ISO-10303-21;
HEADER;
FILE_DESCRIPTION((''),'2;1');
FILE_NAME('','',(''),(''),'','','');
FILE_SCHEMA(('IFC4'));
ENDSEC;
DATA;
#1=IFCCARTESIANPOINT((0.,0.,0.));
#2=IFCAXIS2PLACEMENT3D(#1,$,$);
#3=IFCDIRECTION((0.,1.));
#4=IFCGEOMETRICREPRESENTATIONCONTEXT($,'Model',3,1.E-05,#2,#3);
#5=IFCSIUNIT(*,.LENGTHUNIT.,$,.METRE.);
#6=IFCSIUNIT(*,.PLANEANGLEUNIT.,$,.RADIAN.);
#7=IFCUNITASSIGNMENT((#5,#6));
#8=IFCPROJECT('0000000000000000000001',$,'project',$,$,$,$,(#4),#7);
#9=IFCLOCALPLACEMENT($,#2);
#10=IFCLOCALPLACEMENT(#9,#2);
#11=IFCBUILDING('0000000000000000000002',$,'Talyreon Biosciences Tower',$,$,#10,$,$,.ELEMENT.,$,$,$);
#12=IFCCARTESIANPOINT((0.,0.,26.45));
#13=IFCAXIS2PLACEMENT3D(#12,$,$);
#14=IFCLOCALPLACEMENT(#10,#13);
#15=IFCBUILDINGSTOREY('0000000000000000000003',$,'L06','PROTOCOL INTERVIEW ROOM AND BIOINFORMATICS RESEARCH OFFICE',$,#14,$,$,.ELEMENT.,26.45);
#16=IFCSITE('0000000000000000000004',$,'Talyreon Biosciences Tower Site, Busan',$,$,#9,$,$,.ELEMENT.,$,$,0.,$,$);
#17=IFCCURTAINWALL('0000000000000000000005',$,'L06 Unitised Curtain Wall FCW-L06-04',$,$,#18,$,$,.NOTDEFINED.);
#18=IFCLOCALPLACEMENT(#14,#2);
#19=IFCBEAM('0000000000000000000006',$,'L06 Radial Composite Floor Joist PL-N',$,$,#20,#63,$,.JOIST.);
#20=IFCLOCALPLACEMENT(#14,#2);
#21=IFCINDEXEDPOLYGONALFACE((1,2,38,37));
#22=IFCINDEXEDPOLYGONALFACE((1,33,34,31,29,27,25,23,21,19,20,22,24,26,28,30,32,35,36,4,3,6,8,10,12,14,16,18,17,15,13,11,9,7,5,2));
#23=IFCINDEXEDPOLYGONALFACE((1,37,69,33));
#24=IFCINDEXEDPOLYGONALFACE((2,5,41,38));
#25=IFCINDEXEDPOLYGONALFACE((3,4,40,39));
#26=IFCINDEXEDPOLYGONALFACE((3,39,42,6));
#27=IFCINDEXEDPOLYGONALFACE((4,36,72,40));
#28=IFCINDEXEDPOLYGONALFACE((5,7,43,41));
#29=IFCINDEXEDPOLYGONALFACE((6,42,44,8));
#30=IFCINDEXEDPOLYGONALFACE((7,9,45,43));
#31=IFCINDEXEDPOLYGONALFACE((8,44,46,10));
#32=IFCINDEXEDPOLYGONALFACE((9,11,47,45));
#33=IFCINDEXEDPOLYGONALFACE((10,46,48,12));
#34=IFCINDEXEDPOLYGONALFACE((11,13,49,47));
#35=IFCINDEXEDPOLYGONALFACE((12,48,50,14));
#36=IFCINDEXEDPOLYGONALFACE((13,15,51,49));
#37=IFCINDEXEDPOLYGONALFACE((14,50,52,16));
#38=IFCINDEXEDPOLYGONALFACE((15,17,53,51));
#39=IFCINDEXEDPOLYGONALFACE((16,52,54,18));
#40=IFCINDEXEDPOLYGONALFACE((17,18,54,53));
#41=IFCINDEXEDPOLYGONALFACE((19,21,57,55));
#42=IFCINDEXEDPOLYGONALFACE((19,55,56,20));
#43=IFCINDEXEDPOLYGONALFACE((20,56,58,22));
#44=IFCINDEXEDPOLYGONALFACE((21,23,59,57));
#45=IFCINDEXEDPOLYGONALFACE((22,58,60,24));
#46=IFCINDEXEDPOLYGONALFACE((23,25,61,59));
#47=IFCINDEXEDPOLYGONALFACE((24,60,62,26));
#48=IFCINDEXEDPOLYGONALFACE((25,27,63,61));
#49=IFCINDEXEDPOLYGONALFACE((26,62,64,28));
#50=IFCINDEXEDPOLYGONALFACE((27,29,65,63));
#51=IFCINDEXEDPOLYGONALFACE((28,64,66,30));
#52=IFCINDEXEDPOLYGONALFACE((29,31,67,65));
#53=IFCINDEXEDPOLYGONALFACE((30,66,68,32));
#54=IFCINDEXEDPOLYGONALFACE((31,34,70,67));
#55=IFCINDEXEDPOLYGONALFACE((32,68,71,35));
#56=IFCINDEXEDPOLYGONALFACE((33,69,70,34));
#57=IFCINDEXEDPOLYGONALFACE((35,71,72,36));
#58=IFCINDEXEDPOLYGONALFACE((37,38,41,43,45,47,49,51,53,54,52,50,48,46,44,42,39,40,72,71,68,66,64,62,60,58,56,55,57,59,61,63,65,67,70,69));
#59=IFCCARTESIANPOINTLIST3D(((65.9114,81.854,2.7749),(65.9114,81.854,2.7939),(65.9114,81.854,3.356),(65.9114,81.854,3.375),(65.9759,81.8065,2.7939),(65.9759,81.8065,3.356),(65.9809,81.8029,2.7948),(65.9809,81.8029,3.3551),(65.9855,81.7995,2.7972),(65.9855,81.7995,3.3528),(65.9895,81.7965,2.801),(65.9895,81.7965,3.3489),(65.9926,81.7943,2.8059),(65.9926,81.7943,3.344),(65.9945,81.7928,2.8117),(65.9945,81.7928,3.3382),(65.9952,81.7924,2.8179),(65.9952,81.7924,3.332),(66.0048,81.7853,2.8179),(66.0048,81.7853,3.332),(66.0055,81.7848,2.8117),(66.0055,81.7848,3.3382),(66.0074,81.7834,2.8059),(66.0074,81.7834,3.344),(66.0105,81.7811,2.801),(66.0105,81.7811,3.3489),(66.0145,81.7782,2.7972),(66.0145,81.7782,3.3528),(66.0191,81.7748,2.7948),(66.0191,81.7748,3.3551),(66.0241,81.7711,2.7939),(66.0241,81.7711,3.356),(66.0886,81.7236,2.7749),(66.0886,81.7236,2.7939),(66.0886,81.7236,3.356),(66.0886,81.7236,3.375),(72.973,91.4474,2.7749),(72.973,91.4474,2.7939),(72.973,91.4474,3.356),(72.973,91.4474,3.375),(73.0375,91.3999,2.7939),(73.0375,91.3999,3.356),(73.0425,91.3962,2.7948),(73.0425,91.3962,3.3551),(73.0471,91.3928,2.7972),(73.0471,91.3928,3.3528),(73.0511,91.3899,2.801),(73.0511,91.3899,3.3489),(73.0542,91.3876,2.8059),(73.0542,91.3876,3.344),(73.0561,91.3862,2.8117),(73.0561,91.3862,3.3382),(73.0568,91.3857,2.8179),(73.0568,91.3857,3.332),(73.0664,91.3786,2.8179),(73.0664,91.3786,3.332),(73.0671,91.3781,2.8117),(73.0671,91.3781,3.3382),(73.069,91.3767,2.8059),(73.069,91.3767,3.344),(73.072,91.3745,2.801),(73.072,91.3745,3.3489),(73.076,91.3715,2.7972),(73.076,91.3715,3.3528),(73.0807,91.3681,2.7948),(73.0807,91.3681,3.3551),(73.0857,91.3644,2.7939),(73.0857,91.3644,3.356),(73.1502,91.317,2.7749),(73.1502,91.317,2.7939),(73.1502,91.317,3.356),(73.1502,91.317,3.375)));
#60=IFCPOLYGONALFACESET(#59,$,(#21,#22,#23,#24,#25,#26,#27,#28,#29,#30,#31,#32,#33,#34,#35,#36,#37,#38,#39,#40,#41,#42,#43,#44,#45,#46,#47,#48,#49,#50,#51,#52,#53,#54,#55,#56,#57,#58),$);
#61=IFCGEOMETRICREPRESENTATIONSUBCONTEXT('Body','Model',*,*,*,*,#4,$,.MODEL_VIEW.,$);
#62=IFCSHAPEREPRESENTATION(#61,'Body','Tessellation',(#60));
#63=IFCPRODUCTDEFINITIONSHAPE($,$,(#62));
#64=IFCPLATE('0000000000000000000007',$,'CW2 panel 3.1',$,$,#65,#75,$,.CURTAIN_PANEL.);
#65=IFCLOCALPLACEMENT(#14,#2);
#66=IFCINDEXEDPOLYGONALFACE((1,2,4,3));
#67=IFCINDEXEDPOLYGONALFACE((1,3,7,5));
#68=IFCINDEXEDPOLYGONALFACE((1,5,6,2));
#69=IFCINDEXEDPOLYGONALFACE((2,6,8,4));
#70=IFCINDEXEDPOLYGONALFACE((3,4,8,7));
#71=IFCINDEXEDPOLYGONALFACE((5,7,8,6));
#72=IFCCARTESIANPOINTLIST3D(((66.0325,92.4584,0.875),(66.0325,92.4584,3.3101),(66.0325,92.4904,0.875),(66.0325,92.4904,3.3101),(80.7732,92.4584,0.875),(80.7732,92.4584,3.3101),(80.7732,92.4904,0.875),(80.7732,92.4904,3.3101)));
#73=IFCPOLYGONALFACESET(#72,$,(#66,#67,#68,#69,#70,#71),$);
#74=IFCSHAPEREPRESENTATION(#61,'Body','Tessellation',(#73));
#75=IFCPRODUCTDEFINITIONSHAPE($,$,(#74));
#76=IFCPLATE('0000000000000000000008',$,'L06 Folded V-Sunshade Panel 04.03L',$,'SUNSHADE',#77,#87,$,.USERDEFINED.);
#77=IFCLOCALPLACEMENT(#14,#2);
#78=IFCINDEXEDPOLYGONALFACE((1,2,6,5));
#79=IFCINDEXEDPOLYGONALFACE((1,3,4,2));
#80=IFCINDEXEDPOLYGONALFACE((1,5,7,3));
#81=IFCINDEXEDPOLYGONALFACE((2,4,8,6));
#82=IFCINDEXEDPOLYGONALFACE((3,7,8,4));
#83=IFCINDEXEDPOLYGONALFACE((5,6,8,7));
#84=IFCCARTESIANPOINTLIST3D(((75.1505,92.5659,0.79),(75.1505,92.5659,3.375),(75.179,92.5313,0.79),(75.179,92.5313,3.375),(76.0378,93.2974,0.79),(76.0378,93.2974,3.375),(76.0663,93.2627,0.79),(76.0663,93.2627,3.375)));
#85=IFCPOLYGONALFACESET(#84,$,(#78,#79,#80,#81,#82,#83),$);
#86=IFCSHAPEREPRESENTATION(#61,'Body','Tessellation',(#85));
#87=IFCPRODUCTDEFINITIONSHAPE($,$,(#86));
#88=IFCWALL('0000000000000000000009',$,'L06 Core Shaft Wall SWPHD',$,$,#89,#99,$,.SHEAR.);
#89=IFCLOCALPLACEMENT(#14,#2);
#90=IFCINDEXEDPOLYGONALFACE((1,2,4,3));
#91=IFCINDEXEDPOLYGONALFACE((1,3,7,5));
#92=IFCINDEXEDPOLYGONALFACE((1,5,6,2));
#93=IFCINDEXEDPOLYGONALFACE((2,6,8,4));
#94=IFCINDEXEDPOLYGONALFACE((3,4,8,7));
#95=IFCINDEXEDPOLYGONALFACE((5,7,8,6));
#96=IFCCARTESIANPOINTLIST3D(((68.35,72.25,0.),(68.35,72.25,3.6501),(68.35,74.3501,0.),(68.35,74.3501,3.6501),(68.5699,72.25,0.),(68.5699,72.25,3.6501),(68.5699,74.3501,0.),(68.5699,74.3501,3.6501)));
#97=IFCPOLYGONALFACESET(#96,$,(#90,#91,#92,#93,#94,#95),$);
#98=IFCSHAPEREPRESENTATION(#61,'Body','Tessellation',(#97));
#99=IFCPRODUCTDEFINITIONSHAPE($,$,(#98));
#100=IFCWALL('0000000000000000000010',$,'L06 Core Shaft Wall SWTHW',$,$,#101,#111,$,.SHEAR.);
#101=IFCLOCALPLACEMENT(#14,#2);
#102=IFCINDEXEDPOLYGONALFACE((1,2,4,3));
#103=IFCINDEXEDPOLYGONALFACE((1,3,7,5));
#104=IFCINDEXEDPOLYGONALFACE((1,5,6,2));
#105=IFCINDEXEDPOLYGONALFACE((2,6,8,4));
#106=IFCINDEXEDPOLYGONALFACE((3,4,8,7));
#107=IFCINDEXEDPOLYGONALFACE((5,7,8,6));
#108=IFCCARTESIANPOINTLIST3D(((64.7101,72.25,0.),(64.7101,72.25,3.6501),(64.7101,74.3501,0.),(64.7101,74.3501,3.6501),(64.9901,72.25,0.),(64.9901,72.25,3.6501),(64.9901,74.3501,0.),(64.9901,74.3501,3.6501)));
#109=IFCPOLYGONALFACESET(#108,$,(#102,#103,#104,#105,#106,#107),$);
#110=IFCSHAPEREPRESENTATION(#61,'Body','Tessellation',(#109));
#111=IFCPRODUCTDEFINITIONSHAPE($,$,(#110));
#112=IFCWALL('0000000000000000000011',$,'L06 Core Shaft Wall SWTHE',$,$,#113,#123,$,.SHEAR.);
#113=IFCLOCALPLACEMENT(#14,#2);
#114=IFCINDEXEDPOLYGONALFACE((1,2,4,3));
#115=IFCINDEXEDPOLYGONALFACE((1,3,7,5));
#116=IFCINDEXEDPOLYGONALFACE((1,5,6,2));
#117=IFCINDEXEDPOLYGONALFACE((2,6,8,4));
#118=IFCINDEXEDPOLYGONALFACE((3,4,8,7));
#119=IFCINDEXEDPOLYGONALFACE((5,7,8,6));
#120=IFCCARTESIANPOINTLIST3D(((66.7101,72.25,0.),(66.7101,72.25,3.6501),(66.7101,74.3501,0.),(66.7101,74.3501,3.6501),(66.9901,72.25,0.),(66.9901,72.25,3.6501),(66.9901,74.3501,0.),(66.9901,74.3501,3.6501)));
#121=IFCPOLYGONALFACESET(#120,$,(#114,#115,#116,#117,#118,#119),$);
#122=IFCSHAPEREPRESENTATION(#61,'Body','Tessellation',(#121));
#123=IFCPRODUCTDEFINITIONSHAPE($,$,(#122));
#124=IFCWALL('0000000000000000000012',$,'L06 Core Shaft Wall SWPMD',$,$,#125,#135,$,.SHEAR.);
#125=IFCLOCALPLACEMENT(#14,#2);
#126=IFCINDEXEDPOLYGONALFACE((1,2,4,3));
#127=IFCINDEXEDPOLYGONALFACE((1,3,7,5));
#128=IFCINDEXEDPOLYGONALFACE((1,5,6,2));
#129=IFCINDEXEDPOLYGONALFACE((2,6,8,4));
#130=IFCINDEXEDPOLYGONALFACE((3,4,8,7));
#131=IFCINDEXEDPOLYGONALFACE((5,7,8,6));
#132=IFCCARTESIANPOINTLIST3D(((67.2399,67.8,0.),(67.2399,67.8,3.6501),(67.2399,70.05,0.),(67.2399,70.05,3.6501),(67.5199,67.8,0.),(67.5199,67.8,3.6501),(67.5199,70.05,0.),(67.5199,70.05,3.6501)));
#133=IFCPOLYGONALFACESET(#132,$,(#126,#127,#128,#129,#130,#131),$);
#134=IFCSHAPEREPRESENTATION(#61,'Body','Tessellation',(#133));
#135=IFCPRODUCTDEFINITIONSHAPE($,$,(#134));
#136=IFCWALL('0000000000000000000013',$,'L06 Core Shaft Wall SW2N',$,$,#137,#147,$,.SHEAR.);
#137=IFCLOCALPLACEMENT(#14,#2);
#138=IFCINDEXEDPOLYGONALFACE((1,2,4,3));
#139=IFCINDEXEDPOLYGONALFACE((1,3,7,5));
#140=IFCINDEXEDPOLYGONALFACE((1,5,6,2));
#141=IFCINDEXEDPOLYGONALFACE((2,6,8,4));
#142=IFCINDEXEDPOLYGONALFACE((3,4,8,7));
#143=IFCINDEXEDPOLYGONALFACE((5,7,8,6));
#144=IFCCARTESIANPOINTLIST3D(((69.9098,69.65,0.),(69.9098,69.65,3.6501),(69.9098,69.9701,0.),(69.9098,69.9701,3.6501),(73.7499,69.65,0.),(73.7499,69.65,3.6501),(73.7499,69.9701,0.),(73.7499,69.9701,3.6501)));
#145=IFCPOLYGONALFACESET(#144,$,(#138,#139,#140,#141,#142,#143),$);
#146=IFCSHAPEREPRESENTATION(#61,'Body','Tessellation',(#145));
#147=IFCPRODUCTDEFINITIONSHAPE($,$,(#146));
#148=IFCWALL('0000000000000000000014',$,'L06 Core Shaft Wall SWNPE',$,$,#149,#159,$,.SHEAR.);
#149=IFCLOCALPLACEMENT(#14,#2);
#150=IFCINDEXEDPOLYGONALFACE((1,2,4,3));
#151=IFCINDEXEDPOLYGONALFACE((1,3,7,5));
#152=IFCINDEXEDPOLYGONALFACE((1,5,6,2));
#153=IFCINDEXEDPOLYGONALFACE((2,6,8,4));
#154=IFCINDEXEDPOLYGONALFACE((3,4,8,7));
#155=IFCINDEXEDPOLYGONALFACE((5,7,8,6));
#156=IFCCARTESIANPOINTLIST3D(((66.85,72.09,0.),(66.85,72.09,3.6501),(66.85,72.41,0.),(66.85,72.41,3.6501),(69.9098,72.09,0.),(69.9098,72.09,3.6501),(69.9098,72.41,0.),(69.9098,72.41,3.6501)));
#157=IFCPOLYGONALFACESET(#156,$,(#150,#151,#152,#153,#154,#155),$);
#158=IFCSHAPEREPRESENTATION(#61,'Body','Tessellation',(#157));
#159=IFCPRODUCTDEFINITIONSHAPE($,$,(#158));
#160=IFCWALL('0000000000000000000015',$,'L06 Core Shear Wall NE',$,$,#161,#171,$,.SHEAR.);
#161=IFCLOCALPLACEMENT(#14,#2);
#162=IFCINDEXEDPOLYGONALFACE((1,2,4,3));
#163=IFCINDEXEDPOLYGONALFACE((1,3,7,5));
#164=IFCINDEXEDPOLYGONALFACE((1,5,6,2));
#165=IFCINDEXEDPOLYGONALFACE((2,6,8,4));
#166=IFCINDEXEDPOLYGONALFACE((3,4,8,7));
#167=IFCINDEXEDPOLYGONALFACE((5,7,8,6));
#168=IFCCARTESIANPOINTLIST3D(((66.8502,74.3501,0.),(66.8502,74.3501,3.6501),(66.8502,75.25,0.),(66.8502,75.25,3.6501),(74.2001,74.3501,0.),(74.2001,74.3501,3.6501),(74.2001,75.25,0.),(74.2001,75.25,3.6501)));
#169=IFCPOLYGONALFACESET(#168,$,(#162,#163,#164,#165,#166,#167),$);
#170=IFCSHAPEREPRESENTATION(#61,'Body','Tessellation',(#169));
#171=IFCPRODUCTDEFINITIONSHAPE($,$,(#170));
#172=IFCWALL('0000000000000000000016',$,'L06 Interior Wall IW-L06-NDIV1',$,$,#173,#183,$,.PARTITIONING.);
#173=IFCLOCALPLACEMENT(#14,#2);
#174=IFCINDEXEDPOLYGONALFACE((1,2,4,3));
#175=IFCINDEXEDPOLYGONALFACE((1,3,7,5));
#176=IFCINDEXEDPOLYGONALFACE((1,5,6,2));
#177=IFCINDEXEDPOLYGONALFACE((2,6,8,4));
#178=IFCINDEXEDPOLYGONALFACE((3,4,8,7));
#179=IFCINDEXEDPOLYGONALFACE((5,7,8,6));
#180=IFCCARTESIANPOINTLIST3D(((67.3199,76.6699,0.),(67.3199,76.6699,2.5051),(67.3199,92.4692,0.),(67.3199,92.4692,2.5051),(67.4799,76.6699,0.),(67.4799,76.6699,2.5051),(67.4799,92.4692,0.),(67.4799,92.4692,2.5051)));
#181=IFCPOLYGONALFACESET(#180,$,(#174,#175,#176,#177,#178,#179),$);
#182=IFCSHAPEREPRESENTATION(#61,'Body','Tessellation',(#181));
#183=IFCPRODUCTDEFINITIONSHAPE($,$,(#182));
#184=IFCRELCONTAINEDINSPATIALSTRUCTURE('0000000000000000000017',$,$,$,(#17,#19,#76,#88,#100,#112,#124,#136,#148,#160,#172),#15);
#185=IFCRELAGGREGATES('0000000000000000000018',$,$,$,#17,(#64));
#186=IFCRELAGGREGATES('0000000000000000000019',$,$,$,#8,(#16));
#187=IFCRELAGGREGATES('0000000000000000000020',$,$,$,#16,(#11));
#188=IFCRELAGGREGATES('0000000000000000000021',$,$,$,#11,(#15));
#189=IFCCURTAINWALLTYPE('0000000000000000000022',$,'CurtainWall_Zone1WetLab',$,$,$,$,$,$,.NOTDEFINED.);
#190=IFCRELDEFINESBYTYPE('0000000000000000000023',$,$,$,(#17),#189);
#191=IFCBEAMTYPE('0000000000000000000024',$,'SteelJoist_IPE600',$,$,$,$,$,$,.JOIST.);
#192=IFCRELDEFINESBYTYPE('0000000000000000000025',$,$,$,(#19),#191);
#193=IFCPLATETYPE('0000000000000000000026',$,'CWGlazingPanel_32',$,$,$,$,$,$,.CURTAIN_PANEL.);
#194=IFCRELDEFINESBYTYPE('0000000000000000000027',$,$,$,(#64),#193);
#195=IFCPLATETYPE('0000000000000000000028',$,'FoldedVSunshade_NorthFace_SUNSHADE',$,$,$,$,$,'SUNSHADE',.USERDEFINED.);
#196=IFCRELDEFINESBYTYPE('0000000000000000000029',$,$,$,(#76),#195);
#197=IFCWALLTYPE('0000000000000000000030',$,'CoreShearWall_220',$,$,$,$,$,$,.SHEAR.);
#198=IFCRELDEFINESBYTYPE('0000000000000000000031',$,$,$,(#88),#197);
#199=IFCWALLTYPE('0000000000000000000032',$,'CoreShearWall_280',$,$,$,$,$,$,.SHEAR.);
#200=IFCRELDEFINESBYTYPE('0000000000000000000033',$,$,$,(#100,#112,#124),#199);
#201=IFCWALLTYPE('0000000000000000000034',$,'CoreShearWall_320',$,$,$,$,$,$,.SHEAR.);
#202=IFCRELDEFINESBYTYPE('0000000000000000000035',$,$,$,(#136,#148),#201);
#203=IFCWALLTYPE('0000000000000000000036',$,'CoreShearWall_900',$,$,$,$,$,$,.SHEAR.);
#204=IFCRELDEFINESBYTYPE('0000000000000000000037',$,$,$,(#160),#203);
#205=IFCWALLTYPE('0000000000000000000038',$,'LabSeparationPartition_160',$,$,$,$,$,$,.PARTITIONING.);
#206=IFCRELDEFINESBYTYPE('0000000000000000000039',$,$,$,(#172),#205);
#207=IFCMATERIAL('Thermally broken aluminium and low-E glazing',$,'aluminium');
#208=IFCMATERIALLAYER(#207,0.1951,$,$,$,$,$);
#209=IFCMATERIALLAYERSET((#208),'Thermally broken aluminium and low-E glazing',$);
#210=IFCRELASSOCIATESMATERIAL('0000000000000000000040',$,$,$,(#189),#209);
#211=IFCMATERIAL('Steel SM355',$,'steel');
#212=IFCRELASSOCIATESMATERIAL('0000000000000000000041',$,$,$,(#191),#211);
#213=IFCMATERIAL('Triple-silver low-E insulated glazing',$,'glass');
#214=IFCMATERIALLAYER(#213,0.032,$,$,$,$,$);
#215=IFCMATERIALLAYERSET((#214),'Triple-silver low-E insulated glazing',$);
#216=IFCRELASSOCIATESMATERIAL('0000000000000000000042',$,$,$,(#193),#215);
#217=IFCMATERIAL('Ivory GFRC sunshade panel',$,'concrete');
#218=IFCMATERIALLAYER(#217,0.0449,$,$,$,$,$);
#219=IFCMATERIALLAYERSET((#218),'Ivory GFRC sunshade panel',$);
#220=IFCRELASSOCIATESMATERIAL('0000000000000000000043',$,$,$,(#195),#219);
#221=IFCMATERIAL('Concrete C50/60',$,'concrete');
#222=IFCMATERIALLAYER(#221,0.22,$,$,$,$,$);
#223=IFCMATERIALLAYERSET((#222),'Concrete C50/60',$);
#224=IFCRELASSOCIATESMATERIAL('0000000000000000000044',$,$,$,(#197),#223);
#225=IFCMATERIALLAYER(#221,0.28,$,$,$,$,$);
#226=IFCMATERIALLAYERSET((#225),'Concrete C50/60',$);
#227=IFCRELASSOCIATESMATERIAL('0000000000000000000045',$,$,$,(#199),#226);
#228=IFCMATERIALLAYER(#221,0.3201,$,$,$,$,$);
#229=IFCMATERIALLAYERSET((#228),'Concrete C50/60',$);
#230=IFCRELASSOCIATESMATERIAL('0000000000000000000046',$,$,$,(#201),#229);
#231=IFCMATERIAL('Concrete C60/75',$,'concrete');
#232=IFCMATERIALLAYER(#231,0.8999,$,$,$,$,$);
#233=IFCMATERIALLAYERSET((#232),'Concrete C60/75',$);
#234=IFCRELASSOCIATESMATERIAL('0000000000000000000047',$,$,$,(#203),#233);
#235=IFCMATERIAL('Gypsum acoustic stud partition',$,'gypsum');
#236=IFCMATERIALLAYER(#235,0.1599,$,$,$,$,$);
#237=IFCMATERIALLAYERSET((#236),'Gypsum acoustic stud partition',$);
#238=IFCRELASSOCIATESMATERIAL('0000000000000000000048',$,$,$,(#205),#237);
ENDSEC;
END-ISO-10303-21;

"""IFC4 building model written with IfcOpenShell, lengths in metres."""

from ifc_helpers import new_model, si_unit, direction, frame, frame_2d, origin, origin_2d, place, context, subcontext, project, spatial, rectangle, i_section, extrude, material, layer, layer_set, material_profile, profile_set, type_object, element, aggregate, save


model = new_model("IFC4")

# Units and contexts
model_context = context("Model", 3, precision=1e-05, world=origin(), true_north=direction((0.0, 1.0)))
body_context = subcontext(model_context, "Body", "Model", "MODEL_VIEW")
ifc_project = project(units=[si_unit("LENGTHUNIT", "METRE"), si_unit("PLANEANGLEUNIT", "RADIAN")], contexts=[model_context])

# Site, building, storey
site_placement = place(None, origin())
site = spatial("IfcSite", under=ifc_project, at=site_placement, Name="Talyreon Biosciences Tower Site, Busan", CompositionType="ELEMENT", RefElevation=0.0)
building_placement = place(site_placement, origin())
building = spatial("IfcBuilding", under=site, at=building_placement, Name="Talyreon Biosciences Tower", CompositionType="ELEMENT")
storey_placement = place(building_placement, frame((0.0, 0.0, 26.45)))
storey = spatial("IfcBuildingStorey", under=building, at=storey_placement, Name="L06", Description="PROTOCOL INTERVIEW ROOM AND BIOINFORMATICS RESEARCH OFFICE", CompositionType="ELEMENT", Elevation=26.45)

# Shared definitions
ifc_material_1 = material(Name="Concrete C60/75", Category="concrete")

# Curtain wall
ifc_material_2 = material(Name="Thermally broken aluminium and low-E glazing", Category="aluminium")
ifc_layer_1 = layer(ifc_material_2, 0.1951)
ifc_layer_set_1 = layer_set([ifc_layer_1], Name="Thermally broken aluminium and low-E glazing")
curtain_wall_type = type_object("IfcCurtainWallType", Name="CurtainWall_Zone1WetLab", PredefinedType="NOTDEFINED", material=ifc_layer_set_1)
curtain_wall_placement = place(storey_placement, origin())
curtain_wall = element("IfcCurtainWall", 1, at=curtain_wall_placement, inside=storey, type_object=curtain_wall_type, Name="L06 Unitised Curtain Wall FCW-L06-04", PredefinedType="NOTDEFINED")

# Beam
ifc_material_3 = material(Name="Steel SM355", Category="steel")
ifc_material_profile_1 = material_profile(ifc_material_3, i_section(OverallWidth=0.22, OverallDepth=0.6001, WebThickness=0.012, FlangeThickness=0.019, FilletRadius=0.0239, at=origin_2d()), Name="IPE600")
ifc_profile_set_1 = profile_set([ifc_material_profile_1], Name="Steel SM355")
beam_type_1 = type_object("IfcBeamType", Name="SteelJoist_IPE600", PredefinedType="JOIST", material=ifc_profile_set_1)
beam_1_placement = place(storey_placement, frame((66.0, 81.7888, 3.075), z_axis=(0.592807, 0.805344, 0.0), x_axis=(-0.805344, 0.592807, 0.0)))
element("IfcBeam", 2, at=beam_1_placement, inside=storey, type_object=beam_type_1, Name="L06 Radial Composite Floor Joist PL-N", PredefinedType="JOIST", context=body_context, shape_type="SweptSolid", body=[
    extrude(i_section(OverallWidth=0.22, OverallDepth=0.6001, WebThickness=0.012, FlangeThickness=0.019, FilletRadius=0.0239, at=origin_2d()), origin(), (0.0, 0.0, 1.0), 11.9121),
])

# Plates
ifc_material_4 = material(Name="Triple-silver low-E insulated glazing", Category="glass")
ifc_layer_2 = layer(ifc_material_4, 0.032)
ifc_layer_set_2 = layer_set([ifc_layer_2], Name="Triple-silver low-E insulated glazing")
plate_type_1 = type_object("IfcPlateType", Name="CWGlazingPanel_32", PredefinedType="CURTAIN_PANEL", material=ifc_layer_set_2)
plate_1_placement = place(storey_placement, frame((73.4028, 92.4744, 0.875), z_axis=(0.0, 0.0, 1.0), x_axis=(1.0, 0.0, 0.0)))
plate_1 = element("IfcPlate", 3, at=plate_1_placement, type_object=plate_type_1, Name="CW2 panel 3.1", PredefinedType="CURTAIN_PANEL", context=body_context, shape_type="SweptSolid", body=[
    extrude(rectangle(XDim=14.7407, YDim=0.032, at=origin_2d()), origin(), (0.0, 0.0, 1.0), 2.4351),
])
aggregate(curtain_wall, [plate_1])
ifc_material_5 = material(Name="Ivory GFRC sunshade panel", Category="concrete")
ifc_layer_3 = layer(ifc_material_5, 0.0449)
ifc_layer_set_3 = layer_set([ifc_layer_3], Name="Ivory GFRC sunshade panel")
plate_type_2 = type_object("IfcPlateType", Name="FoldedVSunshade_NorthFace_SUNSHADE", ElementType="SUNSHADE", PredefinedType="USERDEFINED", material=ifc_layer_set_3)
plate_2_placement = place(storey_placement, frame((75.6084, 92.9143, 0.79), z_axis=(0.0, 0.0, 1.0), x_axis=(0.771625, 0.636078, 0.0)))
element("IfcPlate", 4, at=plate_2_placement, inside=storey, type_object=plate_type_2, Name="L06 Folded V-Sunshade Panel 04.03L", ObjectType="SUNSHADE", PredefinedType="USERDEFINED", context=body_context, shape_type="SweptSolid", body=[
    extrude(rectangle(XDim=1.1499, YDim=0.0449, at=origin_2d()), origin(), (0.0, 0.0, 1.0), 2.585),
])

# Walls
ifc_material_6 = material(Name="Concrete C50/60", Category="concrete")
ifc_layer_4 = layer(ifc_material_6, 0.22)
ifc_layer_set_4 = layer_set([ifc_layer_4], Name="Concrete C50/60")
wall_type_1 = type_object("IfcWallType", Name="CoreShearWall_220", PredefinedType="SHEAR", material=ifc_layer_set_4)
wall_1_placement = place(storey_placement, frame((68.46, 72.25, 0.0), z_axis=(0.0, 0.0, 1.0), x_axis=(0.0, 1.0, 0.0)))
element("IfcWall", 5, at=wall_1_placement, inside=storey, type_object=wall_type_1, Name="L06 Core Shaft Wall SWPHD", PredefinedType="SHEAR", context=body_context, shape_type="SweptSolid", body=[
    extrude(rectangle(XDim=2.1001, YDim=0.22, at=frame_2d((1.05, 0.0))), origin(), (0.0, 0.0, 1.0), 3.6501),
])
ifc_layer_5 = layer(ifc_material_6, 0.28)
ifc_layer_set_5 = layer_set([ifc_layer_5], Name="Concrete C50/60")
wall_type_2 = type_object("IfcWallType", Name="CoreShearWall_280", PredefinedType="SHEAR", material=ifc_layer_set_5)
for number, where, z_axis, x_axis, name in (
    (6, (64.8501, 72.25, 0.0), (0.0, 0.0, 1.0), (0.0, 1.0, 0.0), "L06 Core Shaft Wall SWTHW"),
    (7, (66.8501, 72.25, 0.0), (0.0, 0.0, 1.0), (0.0, 1.0, 0.0), "L06 Core Shaft Wall SWTHE"),
):
    element("IfcWall", number, at=place(storey_placement, frame(where, z_axis=z_axis, x_axis=x_axis)), inside=storey, type_object=wall_type_2, Name=name, PredefinedType="SHEAR", context=body_context, shape_type="SweptSolid", body=[
        extrude(rectangle(XDim=2.1001, YDim=0.28, at=frame_2d((1.05, 0.0))), origin(), (0.0, 0.0, 1.0), 3.6501),
    ])
wall_2_placement = place(storey_placement, frame((67.3799, 67.8, 0.0), z_axis=(0.0, 0.0, 1.0), x_axis=(0.0, 1.0, 0.0)))
element("IfcWall", 8, at=wall_2_placement, inside=storey, type_object=wall_type_2, Name="L06 Core Shaft Wall SWPMD", PredefinedType="SHEAR", context=body_context, shape_type="SweptSolid", body=[
    extrude(rectangle(XDim=2.25, YDim=0.28, at=frame_2d((1.125, 0.0))), origin(), (0.0, 0.0, 1.0), 3.6501),
])
ifc_layer_6 = layer(ifc_material_6, 0.3201)
ifc_layer_set_6 = layer_set([ifc_layer_6], Name="Concrete C50/60")
wall_type_3 = type_object("IfcWallType", Name="CoreShearWall_320", PredefinedType="SHEAR", material=ifc_layer_set_6)
wall_3_placement = place(storey_placement, frame((69.9099, 69.8101, 0.0), z_axis=(0.0, 0.0, 1.0), x_axis=(1.0, 0.0, 0.0)))
element("IfcWall", 9, at=wall_3_placement, inside=storey, type_object=wall_type_3, Name="L06 Core Shaft Wall SW2N", PredefinedType="SHEAR", context=body_context, shape_type="SweptSolid", body=[
    extrude(rectangle(XDim=3.8401, YDim=0.3201, at=frame_2d((1.9199, 0.0))), origin(), (0.0, 0.0, 1.0), 3.6501),
])
wall_4_placement = place(storey_placement, frame((66.8501, 72.25, 0.0), z_axis=(0.0, 0.0, 1.0), x_axis=(1.0, 0.0, 0.0)))
element("IfcWall", 10, at=wall_4_placement, inside=storey, type_object=wall_type_3, Name="L06 Core Shaft Wall SWNPE", PredefinedType="SHEAR", context=body_context, shape_type="SweptSolid", body=[
    extrude(rectangle(XDim=3.0598, YDim=0.3201, at=frame_2d((1.5298, 0.0))), origin(), (0.0, 0.0, 1.0), 3.6501),
])
ifc_layer_7 = layer(ifc_material_1, 0.8999)
ifc_layer_set_7 = layer_set([ifc_layer_7], Name="Concrete C60/75")
wall_type_4 = type_object("IfcWallType", Name="CoreShearWall_900", PredefinedType="SHEAR", material=ifc_layer_set_7)
wall_5_placement = place(storey_placement, frame((74.2, 74.8, 0.0), z_axis=(0.0, 0.0, 1.0), x_axis=(-1.0, 0.0, 0.0)))
element("IfcWall", 11, at=wall_5_placement, inside=storey, type_object=wall_type_4, Name="L06 Core Shear Wall NE", PredefinedType="SHEAR", context=body_context, shape_type="SweptSolid", body=[
    extrude(rectangle(XDim=7.3499, YDim=0.8999, at=frame_2d((3.6748, 0.0))), origin(), (0.0, 0.0, 1.0), 3.6501),
])
ifc_material_7 = material(Name="Gypsum acoustic stud partition", Category="gypsum")
ifc_layer_8 = layer(ifc_material_7, 0.1599)
ifc_layer_set_8 = layer_set([ifc_layer_8], Name="Gypsum acoustic stud partition")
wall_type_5 = type_object("IfcWallType", Name="LabSeparationPartition_160", PredefinedType="PARTITIONING", material=ifc_layer_set_8)
wall_6_placement = place(storey_placement, frame((67.3999, 76.6699, 0.0), z_axis=(0.0, 0.0, 1.0), x_axis=(0.0, 1.0, 0.0)))
element("IfcWall", 12, at=wall_6_placement, inside=storey, type_object=wall_type_5, Name="L06 Interior Wall IW-L06-NDIV1", PredefinedType="PARTITIONING", context=body_context, shape_type="SweptSolid", body=[
    extrude(rectangle(XDim=15.7993, YDim=0.1599, at=frame_2d((7.8997, 0.0))), origin(), (0.0, 0.0, 1.0), 2.5051),
])

save(model, "model.ifc")
